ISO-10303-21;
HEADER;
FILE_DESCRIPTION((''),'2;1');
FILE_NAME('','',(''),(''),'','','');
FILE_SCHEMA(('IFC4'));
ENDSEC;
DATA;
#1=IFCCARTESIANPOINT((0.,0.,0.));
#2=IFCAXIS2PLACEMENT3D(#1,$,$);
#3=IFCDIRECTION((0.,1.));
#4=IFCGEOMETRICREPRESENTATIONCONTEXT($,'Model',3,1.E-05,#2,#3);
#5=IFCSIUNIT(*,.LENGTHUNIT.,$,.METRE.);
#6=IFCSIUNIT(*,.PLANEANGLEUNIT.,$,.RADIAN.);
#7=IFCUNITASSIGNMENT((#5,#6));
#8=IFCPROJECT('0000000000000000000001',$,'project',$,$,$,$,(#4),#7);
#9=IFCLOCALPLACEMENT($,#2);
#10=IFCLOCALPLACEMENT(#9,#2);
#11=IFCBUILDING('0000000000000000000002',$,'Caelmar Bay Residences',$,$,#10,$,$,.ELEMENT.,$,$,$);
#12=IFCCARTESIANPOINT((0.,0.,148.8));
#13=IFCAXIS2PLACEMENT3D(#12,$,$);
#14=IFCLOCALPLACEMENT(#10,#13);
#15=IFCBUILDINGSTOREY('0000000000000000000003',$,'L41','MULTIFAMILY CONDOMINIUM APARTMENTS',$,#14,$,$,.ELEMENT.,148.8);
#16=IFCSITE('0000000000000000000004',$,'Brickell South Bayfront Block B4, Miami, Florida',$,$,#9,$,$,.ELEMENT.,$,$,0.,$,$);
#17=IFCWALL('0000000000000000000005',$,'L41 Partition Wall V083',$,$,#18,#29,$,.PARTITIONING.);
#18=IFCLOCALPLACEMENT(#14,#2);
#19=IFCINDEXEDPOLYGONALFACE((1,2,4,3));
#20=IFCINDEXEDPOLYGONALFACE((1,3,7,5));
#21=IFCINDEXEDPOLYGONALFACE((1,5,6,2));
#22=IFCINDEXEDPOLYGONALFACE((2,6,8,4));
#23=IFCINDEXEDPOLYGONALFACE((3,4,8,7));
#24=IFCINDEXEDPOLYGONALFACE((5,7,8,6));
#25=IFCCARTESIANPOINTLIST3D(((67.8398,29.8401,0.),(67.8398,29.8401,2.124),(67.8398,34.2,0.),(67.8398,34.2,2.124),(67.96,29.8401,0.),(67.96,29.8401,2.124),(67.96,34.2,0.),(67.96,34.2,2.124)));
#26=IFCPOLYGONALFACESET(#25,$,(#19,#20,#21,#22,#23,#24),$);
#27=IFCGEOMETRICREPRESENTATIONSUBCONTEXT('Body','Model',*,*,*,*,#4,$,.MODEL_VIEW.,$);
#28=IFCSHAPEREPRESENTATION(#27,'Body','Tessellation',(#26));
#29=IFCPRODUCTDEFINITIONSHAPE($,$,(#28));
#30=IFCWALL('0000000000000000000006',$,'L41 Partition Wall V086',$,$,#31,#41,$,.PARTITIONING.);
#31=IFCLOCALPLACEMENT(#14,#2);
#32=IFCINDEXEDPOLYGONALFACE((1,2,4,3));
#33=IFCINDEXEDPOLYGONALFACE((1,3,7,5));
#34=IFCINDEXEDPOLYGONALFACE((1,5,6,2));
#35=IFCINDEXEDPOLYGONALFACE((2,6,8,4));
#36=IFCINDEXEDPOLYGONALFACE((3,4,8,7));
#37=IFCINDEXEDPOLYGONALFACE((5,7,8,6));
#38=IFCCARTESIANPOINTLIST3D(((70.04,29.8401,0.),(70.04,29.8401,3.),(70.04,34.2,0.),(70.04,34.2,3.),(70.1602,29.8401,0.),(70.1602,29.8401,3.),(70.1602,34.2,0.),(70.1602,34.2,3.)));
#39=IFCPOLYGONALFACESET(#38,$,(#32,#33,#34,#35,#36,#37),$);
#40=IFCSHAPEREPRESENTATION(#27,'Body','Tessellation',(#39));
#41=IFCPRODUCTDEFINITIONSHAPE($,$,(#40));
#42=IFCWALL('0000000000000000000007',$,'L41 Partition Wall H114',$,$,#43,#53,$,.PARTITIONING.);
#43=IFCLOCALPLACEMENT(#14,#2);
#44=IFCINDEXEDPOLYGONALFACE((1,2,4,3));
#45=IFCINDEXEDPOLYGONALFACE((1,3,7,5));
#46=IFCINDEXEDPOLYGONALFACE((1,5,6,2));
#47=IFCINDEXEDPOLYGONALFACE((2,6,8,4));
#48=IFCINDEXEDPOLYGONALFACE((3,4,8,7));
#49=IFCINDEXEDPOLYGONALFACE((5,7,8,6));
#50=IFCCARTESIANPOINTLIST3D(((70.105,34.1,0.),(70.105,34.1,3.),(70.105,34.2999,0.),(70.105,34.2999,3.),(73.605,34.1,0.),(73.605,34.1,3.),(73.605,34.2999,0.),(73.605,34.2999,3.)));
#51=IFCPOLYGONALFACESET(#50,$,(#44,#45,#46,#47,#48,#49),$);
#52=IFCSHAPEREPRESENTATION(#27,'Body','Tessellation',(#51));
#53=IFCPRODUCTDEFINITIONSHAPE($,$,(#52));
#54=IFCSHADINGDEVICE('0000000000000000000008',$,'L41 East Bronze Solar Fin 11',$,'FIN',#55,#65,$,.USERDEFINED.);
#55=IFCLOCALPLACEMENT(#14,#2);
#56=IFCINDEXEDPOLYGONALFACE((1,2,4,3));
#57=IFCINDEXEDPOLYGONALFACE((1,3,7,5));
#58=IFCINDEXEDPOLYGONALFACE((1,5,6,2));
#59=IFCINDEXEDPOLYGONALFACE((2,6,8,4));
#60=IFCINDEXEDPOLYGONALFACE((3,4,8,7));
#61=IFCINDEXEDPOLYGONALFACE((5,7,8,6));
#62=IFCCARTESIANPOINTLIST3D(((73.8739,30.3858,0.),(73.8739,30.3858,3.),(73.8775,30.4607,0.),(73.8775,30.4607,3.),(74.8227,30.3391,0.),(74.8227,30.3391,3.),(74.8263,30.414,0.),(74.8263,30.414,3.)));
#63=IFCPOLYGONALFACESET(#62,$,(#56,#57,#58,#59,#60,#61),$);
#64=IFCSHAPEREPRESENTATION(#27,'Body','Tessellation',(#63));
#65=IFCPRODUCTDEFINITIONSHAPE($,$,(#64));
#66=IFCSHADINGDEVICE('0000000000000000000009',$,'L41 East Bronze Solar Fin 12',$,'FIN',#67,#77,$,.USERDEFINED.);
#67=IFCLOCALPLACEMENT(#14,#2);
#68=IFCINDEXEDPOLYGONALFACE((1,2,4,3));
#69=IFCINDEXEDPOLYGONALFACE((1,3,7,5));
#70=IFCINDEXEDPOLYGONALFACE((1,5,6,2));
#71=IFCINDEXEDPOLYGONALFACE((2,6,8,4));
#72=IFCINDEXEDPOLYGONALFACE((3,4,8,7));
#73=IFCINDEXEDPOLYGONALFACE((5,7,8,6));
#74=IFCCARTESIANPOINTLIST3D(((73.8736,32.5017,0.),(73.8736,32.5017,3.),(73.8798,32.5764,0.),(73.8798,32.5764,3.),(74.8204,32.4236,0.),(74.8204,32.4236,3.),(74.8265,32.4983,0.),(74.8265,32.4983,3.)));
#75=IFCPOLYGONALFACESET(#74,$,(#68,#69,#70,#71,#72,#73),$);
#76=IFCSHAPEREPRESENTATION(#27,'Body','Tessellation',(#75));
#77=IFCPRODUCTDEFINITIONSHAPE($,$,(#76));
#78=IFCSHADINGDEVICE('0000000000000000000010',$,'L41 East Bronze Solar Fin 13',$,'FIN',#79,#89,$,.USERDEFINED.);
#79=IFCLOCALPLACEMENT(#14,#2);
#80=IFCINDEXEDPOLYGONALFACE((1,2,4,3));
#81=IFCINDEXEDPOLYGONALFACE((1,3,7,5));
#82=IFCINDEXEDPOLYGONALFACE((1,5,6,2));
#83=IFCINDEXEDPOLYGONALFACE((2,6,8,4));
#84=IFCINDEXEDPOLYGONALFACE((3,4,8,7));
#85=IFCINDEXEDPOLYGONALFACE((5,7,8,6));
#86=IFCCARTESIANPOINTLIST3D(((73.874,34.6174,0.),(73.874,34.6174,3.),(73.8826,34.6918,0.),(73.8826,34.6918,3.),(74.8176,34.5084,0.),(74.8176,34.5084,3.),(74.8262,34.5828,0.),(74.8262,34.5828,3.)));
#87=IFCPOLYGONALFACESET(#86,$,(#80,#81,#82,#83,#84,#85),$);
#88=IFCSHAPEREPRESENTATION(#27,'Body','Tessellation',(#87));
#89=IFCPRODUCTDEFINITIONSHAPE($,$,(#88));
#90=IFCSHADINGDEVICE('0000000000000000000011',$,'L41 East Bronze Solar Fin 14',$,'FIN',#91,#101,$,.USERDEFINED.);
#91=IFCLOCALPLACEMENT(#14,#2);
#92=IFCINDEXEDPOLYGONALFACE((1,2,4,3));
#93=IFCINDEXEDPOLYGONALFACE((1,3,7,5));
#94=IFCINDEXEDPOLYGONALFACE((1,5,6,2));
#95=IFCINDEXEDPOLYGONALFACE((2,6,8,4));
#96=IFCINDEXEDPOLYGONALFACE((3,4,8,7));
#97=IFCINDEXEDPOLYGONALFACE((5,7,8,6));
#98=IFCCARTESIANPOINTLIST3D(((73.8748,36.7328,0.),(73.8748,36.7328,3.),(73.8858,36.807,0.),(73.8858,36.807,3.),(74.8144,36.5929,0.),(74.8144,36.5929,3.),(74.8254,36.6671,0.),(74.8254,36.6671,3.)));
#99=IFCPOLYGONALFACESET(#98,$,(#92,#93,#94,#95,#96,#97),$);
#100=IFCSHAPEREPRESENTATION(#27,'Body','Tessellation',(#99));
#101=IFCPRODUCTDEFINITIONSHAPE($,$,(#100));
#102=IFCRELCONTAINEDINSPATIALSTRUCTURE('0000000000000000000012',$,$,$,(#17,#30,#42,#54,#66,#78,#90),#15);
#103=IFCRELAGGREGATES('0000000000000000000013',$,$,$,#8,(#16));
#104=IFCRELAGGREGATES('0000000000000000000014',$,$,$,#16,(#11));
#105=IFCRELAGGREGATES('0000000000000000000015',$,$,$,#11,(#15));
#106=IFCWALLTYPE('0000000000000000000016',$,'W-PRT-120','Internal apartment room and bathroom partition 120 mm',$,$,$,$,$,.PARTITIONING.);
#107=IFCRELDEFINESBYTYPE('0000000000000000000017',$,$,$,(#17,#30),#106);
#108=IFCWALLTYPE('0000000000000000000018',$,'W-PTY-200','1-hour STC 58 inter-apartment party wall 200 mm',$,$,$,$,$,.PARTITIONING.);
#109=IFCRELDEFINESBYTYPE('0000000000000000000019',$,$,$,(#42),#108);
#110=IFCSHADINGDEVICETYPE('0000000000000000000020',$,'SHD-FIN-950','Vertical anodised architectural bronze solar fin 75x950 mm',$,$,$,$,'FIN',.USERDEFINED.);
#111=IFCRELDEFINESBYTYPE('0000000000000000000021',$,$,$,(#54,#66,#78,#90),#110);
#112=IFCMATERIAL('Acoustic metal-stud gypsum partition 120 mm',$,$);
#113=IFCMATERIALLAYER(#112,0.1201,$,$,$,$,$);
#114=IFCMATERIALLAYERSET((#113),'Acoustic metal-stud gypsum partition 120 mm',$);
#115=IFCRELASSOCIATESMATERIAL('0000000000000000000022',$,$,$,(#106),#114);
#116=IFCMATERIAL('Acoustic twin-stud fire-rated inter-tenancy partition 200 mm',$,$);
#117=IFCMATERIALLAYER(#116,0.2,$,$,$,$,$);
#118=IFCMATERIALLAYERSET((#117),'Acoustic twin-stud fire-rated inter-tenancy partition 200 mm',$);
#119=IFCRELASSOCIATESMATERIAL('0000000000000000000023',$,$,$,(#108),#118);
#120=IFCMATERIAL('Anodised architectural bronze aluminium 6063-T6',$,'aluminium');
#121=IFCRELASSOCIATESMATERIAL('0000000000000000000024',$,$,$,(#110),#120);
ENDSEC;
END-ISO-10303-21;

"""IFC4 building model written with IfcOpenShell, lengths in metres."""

from ifc_helpers import new_model, si_unit, direction, frame, frame_2d, origin, origin_2d, place, context, subcontext, project, spatial, rectangle, extrude, material, layer, layer_set, material_profile, profile_set, type_object, element, save


model = new_model("IFC4")

# Units and contexts
model_context = context("Model", 3, precision=1e-05, world=origin(), true_north=direction((0.0, 1.0)))
body_context = subcontext(model_context, "Body", "Model", "MODEL_VIEW")
ifc_project = project(units=[si_unit("LENGTHUNIT", "METRE"), si_unit("PLANEANGLEUNIT", "RADIAN")], contexts=[model_context])

# Site, building, storey
site_placement = place(None, origin())
site = spatial("IfcSite", under=ifc_project, at=site_placement, Name="Brickell South Bayfront Block B4, Miami, Florida", CompositionType="ELEMENT", RefElevation=0.0)
building_placement = place(site_placement, origin())
building = spatial("IfcBuilding", under=site, at=building_placement, Name="Caelmar Bay Residences", CompositionType="ELEMENT")
storey_placement = place(building_placement, frame((0.0, 0.0, 148.8)))
storey = spatial("IfcBuildingStorey", under=building, at=storey_placement, Name="L41", Description="MULTIFAMILY CONDOMINIUM APARTMENTS", CompositionType="ELEMENT", Elevation=148.8)

# Shared definitions
ifc_material_1 = material(Name="Acoustic metal-stud gypsum partition 120 mm")
ifc_layer_1 = layer(ifc_material_1, 0.1201)
ifc_layer_set_1 = layer_set([ifc_layer_1], Name="Acoustic metal-stud gypsum partition 120 mm")
wall_type_1 = type_object("IfcWallType", Name="W-PRT-120", Description="Internal apartment room and bathroom partition 120 mm", PredefinedType="PARTITIONING", material=ifc_layer_set_1)

# Walls
wall_1_placement = place(storey_placement, frame((67.8999, 29.8401, 0.0), z_axis=(0.0, 0.0, 1.0), x_axis=(0.0, 1.0, 0.0)))
element("IfcWall", 1, at=wall_1_placement, inside=storey, type_object=wall_type_1, Name="L41 Partition Wall V083", PredefinedType="PARTITIONING", context=body_context, shape_type="SweptSolid", body=[
    extrude(rectangle(XDim=4.3599, YDim=0.1201, at=frame_2d((2.1799, 0.0))), origin(), (0.0, 0.0, 1.0), 2.124),
])
wall_2_placement = place(storey_placement, frame((70.1001, 29.8401, 0.0), z_axis=(0.0, 0.0, 1.0), x_axis=(0.0, 1.0, 0.0)))
element("IfcWall", 2, at=wall_2_placement, inside=storey, type_object=wall_type_1, Name="L41 Partition Wall V086", PredefinedType="PARTITIONING", context=body_context, shape_type="SweptSolid", body=[
    extrude(rectangle(XDim=4.3599, YDim=0.1201, at=frame_2d((2.1799, 0.0))), origin(), (0.0, 0.0, 1.0), 3.0),
])
ifc_material_2 = material(Name="Acoustic twin-stud fire-rated inter-tenancy partition 200 mm")
ifc_layer_2 = layer(ifc_material_2, 0.2)
ifc_layer_set_2 = layer_set([ifc_layer_2], Name="Acoustic twin-stud fire-rated inter-tenancy partition 200 mm")
wall_type_2 = type_object("IfcWallType", Name="W-PTY-200", Description="1-hour STC 58 inter-apartment party wall 200 mm", PredefinedType="PARTITIONING", material=ifc_layer_set_2)
wall_3_placement = place(storey_placement, frame((70.105, 34.2, 0.0), z_axis=(0.0, 0.0, 1.0), x_axis=(1.0, 0.0, 0.0)))
element("IfcWall", 3, at=wall_3_placement, inside=storey, type_object=wall_type_2, Name="L41 Partition Wall H114", PredefinedType="PARTITIONING", context=body_context, shape_type="SweptSolid", body=[
    extrude(rectangle(XDim=3.5, YDim=0.2, at=frame_2d((1.75, 0.0))), origin(), (0.0, 0.0, 1.0), 3.0),
])

# Shading devices
ifc_material_3 = material(Name="Anodised architectural bronze aluminium 6063-T6", Category="aluminium")
ifc_material_profile = material_profile(ifc_material_3, rectangle(XDim=0.075, YDim=0.95, at=origin_2d()), Name="BRONZE-FIN-75X950")
ifc_profile_set = profile_set([ifc_material_profile], Name="Anodised architectural bronze aluminium 6063-T6")
shading_device_type = type_object("IfcShadingDeviceType", Name="SHD-FIN-950", Description="Vertical anodised architectural bronze solar fin 75x950 mm", ElementType="FIN", PredefinedType="USERDEFINED", material=ifc_profile_set)
for number, where, z_axis, x_axis, name in (
    (4, (74.3501, 30.3999, 0.0), (0.0, 0.0, 1.0), (0.049198, 0.998789, 0.0), "L41 East Bronze Solar Fin 11"),
    (5, (74.3501, 32.5, 0.0), (0.0, 0.0, 1.0), (0.082112, 0.996623, 0.0), "L41 East Bronze Solar Fin 12"),
    (6, (74.3501, 34.6001, 0.0), (0.0, 0.0, 1.0), (0.114764, 0.993393, 0.0), "L41 East Bronze Solar Fin 13"),
    (7, (74.3501, 36.7, 0.0), (0.0, 0.0, 1.0), (0.147292, 0.989093, 0.0), "L41 East Bronze Solar Fin 14"),
):
    element("IfcShadingDevice", number, at=place(storey_placement, frame(where, z_axis=z_axis, x_axis=x_axis)), inside=storey, type_object=shading_device_type, Name=name, ObjectType="FIN", PredefinedType="USERDEFINED", context=body_context, shape_type="SweptSolid", body=[
        extrude(rectangle(XDim=0.075, YDim=0.95, at=origin_2d()), origin(), (0.0, 0.0, 1.0), 3.0),
    ])

save(model, "model.ifc")
